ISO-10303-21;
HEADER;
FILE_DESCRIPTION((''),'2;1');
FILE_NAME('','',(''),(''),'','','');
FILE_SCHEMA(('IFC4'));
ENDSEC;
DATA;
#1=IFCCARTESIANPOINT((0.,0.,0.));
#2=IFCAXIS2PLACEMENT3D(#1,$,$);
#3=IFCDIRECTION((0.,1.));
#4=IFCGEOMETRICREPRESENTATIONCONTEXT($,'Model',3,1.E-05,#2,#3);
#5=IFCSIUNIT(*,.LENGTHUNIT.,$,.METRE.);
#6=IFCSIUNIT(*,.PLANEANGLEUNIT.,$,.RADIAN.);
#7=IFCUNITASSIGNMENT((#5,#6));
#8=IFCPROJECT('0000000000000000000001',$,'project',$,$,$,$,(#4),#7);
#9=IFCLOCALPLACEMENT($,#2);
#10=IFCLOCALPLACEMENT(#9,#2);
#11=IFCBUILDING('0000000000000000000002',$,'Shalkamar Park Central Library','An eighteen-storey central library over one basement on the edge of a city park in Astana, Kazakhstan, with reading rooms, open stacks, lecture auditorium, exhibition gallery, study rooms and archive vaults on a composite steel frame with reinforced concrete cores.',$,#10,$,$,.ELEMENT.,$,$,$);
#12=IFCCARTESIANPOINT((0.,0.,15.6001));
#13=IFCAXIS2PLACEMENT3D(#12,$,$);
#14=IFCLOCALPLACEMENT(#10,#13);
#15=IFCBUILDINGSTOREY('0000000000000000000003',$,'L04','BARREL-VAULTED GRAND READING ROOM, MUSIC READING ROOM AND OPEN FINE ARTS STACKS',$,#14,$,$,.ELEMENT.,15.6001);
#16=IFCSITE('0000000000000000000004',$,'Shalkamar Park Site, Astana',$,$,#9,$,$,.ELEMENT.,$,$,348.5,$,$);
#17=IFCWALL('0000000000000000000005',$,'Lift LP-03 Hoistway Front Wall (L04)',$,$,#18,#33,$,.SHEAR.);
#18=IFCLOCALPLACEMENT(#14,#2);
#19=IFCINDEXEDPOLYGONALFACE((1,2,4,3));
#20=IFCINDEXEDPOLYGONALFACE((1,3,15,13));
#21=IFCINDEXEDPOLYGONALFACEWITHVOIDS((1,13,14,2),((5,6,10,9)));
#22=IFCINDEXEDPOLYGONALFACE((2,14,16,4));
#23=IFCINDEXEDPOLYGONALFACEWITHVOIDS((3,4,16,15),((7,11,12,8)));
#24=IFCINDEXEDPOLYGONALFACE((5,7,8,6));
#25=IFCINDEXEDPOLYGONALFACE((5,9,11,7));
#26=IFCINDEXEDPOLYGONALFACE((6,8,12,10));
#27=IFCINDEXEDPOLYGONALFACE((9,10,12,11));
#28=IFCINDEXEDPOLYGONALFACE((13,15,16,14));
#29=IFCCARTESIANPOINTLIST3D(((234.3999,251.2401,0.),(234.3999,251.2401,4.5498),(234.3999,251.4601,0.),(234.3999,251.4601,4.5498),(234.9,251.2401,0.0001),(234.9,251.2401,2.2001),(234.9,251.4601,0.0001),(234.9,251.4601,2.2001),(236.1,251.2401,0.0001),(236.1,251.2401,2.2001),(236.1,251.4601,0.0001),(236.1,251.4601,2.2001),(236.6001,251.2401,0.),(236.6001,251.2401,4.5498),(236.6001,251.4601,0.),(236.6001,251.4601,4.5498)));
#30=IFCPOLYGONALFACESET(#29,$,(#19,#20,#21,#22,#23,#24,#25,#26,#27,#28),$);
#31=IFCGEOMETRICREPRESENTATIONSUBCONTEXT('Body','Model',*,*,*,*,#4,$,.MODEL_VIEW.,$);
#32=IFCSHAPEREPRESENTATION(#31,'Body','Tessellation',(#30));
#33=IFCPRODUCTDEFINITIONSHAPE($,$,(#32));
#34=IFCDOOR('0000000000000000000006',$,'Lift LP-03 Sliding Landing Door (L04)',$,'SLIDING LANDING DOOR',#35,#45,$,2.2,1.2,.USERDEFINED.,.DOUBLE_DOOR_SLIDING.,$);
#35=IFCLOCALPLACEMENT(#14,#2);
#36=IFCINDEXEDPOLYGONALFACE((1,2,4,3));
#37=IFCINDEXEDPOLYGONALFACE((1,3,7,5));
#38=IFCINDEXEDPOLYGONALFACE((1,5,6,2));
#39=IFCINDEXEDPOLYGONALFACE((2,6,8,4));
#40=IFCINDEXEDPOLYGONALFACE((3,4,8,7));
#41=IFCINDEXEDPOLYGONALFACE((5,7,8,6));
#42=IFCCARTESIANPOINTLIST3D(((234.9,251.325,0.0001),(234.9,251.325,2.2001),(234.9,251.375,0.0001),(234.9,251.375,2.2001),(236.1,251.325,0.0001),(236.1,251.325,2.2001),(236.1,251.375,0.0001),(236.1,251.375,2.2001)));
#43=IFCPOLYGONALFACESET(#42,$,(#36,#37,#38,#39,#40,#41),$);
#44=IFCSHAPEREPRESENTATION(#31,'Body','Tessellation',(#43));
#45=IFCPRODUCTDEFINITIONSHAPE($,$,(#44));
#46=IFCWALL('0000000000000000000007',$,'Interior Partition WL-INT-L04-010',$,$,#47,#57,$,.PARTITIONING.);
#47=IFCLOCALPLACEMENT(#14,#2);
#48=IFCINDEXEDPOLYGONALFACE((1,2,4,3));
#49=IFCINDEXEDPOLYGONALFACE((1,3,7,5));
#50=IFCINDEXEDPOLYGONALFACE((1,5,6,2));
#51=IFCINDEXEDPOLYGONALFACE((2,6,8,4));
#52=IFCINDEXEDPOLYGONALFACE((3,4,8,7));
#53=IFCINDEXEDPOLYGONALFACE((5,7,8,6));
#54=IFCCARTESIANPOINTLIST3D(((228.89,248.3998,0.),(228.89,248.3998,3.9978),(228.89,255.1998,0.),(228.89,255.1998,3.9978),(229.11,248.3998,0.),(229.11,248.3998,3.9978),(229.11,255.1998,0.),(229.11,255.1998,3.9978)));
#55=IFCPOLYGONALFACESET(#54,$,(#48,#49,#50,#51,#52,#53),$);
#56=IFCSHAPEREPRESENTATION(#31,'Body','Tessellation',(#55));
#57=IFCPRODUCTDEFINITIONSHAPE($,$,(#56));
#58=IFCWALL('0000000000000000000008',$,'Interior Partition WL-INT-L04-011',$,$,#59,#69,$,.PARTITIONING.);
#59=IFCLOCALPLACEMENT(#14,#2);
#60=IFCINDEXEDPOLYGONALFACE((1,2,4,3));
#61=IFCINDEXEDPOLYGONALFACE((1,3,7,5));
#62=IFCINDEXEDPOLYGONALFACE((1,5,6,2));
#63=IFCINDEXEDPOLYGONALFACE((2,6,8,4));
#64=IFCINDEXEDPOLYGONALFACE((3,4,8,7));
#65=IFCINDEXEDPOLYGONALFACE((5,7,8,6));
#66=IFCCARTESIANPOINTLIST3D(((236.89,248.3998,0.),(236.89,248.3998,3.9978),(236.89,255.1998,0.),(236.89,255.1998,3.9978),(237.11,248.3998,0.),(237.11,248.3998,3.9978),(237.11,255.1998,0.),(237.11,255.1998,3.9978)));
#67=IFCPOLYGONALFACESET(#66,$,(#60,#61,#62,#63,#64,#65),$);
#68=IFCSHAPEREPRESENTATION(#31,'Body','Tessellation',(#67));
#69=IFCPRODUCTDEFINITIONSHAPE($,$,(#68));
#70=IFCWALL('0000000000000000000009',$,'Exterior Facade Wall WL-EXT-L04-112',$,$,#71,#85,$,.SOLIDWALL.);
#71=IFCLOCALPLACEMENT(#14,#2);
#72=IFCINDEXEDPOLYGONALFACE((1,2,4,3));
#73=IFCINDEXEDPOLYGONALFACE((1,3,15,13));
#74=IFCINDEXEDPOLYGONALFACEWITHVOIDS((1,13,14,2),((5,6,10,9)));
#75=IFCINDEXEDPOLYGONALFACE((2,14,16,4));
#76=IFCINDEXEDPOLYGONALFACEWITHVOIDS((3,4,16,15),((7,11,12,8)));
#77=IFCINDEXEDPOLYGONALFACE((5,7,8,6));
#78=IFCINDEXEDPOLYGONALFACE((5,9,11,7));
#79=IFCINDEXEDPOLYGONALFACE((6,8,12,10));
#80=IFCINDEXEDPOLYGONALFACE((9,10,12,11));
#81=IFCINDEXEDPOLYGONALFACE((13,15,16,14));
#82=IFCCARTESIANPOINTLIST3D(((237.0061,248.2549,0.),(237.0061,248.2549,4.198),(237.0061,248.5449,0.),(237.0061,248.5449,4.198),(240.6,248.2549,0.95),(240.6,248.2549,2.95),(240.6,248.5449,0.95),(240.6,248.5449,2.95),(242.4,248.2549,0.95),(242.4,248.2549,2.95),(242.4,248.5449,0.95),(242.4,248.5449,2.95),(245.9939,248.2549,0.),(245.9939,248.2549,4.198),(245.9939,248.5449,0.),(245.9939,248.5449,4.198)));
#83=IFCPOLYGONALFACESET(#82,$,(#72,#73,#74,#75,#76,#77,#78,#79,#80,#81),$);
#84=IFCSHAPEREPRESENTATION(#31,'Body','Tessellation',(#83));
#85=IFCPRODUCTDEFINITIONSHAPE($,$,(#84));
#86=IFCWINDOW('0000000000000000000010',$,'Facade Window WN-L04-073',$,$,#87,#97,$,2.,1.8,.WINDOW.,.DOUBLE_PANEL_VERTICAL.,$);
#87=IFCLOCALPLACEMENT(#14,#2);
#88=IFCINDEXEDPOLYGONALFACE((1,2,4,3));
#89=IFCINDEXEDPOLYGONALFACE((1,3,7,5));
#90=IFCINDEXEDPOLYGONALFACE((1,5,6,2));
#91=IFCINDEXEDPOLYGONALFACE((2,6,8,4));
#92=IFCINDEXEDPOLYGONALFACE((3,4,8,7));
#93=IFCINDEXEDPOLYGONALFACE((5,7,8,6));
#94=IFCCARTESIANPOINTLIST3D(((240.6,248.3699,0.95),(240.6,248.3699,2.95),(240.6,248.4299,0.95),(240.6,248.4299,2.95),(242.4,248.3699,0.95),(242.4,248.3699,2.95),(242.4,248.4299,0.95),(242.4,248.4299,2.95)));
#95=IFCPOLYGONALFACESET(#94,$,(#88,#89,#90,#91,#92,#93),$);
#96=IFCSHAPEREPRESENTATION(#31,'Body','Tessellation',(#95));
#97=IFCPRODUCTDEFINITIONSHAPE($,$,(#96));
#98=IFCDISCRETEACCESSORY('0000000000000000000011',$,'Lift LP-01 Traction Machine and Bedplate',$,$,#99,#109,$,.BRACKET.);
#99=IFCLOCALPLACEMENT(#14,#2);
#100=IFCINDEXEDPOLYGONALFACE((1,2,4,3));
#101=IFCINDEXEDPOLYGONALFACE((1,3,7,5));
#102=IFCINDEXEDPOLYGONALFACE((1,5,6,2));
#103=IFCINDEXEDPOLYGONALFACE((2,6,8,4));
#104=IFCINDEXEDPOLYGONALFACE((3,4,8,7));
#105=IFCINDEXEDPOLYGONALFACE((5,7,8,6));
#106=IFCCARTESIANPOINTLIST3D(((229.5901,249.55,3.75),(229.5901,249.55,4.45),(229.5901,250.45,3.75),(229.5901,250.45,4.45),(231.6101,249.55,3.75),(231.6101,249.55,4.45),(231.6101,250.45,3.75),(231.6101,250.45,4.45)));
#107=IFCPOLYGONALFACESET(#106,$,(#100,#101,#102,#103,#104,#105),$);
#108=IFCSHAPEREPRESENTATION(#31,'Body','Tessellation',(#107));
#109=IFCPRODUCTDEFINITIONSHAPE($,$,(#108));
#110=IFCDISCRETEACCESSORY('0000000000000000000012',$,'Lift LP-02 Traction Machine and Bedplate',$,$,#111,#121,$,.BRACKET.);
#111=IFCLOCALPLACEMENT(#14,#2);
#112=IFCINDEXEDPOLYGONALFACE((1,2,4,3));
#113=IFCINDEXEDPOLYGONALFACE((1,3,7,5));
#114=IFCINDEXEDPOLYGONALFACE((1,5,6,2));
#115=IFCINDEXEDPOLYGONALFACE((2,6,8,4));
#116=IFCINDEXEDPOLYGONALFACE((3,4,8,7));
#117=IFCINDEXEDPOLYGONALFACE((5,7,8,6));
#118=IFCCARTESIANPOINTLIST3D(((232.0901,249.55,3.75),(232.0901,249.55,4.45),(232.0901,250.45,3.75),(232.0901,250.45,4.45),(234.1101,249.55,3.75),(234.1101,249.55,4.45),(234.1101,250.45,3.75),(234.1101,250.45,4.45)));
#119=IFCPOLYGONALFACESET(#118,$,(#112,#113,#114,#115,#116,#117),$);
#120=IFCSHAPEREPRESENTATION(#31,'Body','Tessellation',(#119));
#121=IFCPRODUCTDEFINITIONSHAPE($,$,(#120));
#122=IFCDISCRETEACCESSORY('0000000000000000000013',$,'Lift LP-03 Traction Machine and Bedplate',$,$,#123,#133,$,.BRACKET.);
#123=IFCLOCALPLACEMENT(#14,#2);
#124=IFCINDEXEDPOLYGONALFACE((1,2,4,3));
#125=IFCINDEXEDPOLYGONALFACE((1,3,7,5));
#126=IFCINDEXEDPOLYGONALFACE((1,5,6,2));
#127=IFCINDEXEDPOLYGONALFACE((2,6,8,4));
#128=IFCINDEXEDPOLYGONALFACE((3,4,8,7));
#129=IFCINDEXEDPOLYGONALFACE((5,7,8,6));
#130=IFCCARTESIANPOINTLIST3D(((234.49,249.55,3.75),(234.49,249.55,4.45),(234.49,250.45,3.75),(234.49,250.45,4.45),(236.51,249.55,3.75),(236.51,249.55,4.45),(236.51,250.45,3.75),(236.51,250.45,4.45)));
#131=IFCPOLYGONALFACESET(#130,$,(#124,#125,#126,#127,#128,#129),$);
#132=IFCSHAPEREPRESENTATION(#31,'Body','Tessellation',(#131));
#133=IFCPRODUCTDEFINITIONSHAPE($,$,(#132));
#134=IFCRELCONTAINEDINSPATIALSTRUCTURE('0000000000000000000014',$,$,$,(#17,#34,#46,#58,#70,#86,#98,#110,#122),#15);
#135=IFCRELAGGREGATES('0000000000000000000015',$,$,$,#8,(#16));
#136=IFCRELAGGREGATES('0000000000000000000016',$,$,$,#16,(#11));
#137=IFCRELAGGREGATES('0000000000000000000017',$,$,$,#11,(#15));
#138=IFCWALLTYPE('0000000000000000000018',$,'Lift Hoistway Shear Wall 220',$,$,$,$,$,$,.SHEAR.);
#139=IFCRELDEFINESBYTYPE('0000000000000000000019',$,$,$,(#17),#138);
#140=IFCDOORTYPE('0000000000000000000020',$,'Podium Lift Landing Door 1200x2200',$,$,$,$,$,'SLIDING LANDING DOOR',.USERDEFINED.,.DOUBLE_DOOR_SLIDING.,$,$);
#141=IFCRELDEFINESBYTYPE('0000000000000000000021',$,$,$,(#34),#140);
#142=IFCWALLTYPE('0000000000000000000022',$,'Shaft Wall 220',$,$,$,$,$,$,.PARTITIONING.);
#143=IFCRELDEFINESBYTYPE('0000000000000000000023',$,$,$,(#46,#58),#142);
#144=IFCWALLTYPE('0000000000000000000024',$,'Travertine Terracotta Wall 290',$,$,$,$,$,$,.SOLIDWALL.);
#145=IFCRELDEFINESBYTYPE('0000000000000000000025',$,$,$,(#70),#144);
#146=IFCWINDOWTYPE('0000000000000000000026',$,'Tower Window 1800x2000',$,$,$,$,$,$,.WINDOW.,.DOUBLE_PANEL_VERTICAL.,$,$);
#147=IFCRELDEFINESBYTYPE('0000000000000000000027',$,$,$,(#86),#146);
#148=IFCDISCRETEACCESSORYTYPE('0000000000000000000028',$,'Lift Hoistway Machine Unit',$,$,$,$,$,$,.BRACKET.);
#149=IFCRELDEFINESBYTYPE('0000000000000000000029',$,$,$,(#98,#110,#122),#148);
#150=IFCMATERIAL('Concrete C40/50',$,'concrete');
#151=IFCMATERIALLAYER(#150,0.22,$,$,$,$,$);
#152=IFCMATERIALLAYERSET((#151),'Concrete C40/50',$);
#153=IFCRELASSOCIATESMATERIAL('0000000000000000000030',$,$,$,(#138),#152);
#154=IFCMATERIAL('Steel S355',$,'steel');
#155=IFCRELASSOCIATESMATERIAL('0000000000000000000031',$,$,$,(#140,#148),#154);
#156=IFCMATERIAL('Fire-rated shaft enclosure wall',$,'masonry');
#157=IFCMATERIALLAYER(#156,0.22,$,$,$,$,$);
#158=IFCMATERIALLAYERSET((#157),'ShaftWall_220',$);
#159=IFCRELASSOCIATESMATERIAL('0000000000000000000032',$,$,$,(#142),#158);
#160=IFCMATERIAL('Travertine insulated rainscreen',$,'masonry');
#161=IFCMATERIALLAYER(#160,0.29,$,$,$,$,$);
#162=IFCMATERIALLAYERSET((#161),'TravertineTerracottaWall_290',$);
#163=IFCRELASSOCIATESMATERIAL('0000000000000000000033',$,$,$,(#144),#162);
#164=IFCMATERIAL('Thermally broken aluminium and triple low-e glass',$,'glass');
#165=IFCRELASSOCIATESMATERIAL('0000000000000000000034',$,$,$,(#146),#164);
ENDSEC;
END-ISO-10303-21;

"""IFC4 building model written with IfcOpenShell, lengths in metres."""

from ifc_helpers import new_model, si_unit, direction, frame, frame_2d, origin, origin_2d, place, context, subcontext, project, spatial, rectangle, extrude, material, layer, layer_set, type_object, element, fill, save


model = new_model("IFC4")

# Units and contexts
model_context = context("Model", 3, precision=1e-05, world=origin(), true_north=direction((0.0, 1.0)))
body_context = subcontext(model_context, "Body", "Model", "MODEL_VIEW")
ifc_project = project(units=[si_unit("LENGTHUNIT", "METRE"), si_unit("PLANEANGLEUNIT", "RADIAN")], contexts=[model_context])

# Site, building, storey
site_placement = place(None, origin())
site = spatial("IfcSite", under=ifc_project, at=site_placement, Name="Shalkamar Park Site, Astana", CompositionType="ELEMENT", RefElevation=348.5)
building_placement = place(site_placement, origin())
building = spatial("IfcBuilding", under=site, at=building_placement, Name="Shalkamar Park Central Library", Description="An eighteen-storey central library over one basement on the edge of a city park in Astana, Kazakhstan, with reading rooms, open stacks, lecture auditorium, exhibition gallery, study rooms and archive vaults on a composite steel frame with reinforced concrete cores.", CompositionType="ELEMENT")
storey_placement = place(building_placement, frame((0.0, 0.0, 15.6001)))
storey = spatial("IfcBuildingStorey", under=building, at=storey_placement, Name="L04", Description="BARREL-VAULTED GRAND READING ROOM, MUSIC READING ROOM AND OPEN FINE ARTS STACKS", CompositionType="ELEMENT", Elevation=15.6001)

# Shared definitions
ifc_material_1 = material(Name="Steel S355", Category="steel")

# Shared definitions
ifc_material_2 = material(Name="Concrete C40/50", Category="concrete")
ifc_layer_1 = layer(ifc_material_2, 0.22)
ifc_layer_set_1 = layer_set([ifc_layer_1], Name="Concrete C40/50")
wall_type_1 = type_object("IfcWallType", Name="Lift Hoistway Shear Wall 220", PredefinedType="SHEAR", material=ifc_layer_set_1)

# Shared definitions
door_type = type_object("IfcDoorType", Name="Podium Lift Landing Door 1200x2200", ElementType="SLIDING LANDING DOOR", OperationType="DOUBLE_DOOR_SLIDING", PredefinedType="USERDEFINED", material=ifc_material_1)

# Wall, opening, door
wall_1_placement = place(storey_placement, frame((234.3999, 251.3501, 0.0), z_axis=(0.0, 0.0, 1.0), x_axis=(1.0, 0.0, 0.0)))
wall_1 = element("IfcWall", 1, at=wall_1_placement, inside=storey, type_object=wall_type_1, Name="Lift LP-03 Hoistway Front Wall (L04)", PredefinedType="SHEAR", context=body_context, shape_type="SweptSolid", body=[
    extrude(rectangle(XDim=2.2002, YDim=0.22, at=frame_2d((1.1001, 0.0))), origin(), (0.0, 0.0, 1.0), 4.5498),
])
opening_1_placement = place(wall_1_placement, frame((0.5, 0.0, 0.0)))
opening_1 = element("IfcOpeningElement", 2, at=opening_1_placement, cuts=wall_1, PredefinedType="OPENING", context=body_context, shape_type="SweptSolid", body=[
    extrude(rectangle(XDim=1.2, YDim=2.2, at=frame_2d((0.6001, 1.1001))), frame((0.0, 0.125, 0.0), z_axis=(0.0, -1.0, 0.0), x_axis=(1.0, 0.0, 0.0)), (0.0, 0.0, 1.0), 0.2498),
])
door_1_placement = place(opening_1_placement, origin())
door_1 = element("IfcDoor", 3, at=door_1_placement, inside=storey, type_object=door_type, Name="Lift LP-03 Sliding Landing Door (L04)", ObjectType="SLIDING LANDING DOOR", OperationType="DOUBLE_DOOR_SLIDING", OverallHeight=2.2, OverallWidth=1.2, PredefinedType="USERDEFINED", context=body_context, shape_type="SweptSolid", body=[
    extrude(rectangle(XDim=1.2, YDim=2.2, at=frame_2d((0.6001, 1.1001))), frame((0.0, 0.0249, 0.0), z_axis=(0.0, -1.0, 0.0), x_axis=(1.0, 0.0, 0.0)), (0.0, 0.0, 1.0), 0.05),
])
fill(opening_1, door_1)

# Walls
ifc_material_3 = material(Name="Fire-rated shaft enclosure wall", Category="masonry")
ifc_layer_2 = layer(ifc_material_3, 0.22)
ifc_layer_set_2 = layer_set([ifc_layer_2], Name="ShaftWall_220")
wall_type_2 = type_object("IfcWallType", Name="Shaft Wall 220", PredefinedType="PARTITIONING", material=ifc_layer_set_2)
for number, where, z_axis, x_axis, name in (
    (4, (229.0, 248.3999, 0.0), (0.0, 0.0, 1.0), (0.0, 1.0, 0.0), "Interior Partition WL-INT-L04-010"),
    (5, (237.0, 248.3999, 0.0), (0.0, 0.0, 1.0), (0.0, 1.0, 0.0), "Interior Partition WL-INT-L04-011"),
):
    element("IfcWall", number, at=place(storey_placement, frame(where, z_axis=z_axis, x_axis=x_axis)), inside=storey, type_object=wall_type_2, Name=name, PredefinedType="PARTITIONING", context=body_context, shape_type="SweptSolid", body=[
        extrude(rectangle(XDim=6.8, YDim=0.22, at=frame_2d((3.3999, 0.0))), origin(), (0.0, 0.0, 1.0), 3.9978),
    ])

# Wall, opening, window
ifc_material_4 = material(Name="Travertine insulated rainscreen", Category="masonry")
ifc_layer_3 = layer(ifc_material_4, 0.29)
ifc_layer_set_3 = layer_set([ifc_layer_3], Name="TravertineTerracottaWall_290")
wall_type_3 = type_object("IfcWallType", Name="Travertine Terracotta Wall 290", PredefinedType="SOLIDWALL", material=ifc_layer_set_3)
wall_2_placement = place(storey_placement, frame((237.0061, 248.3999, 0.0), z_axis=(0.0, 0.0, 1.0), x_axis=(1.0, 0.0, 0.0)))
wall_2 = element("IfcWall", 6, at=wall_2_placement, inside=storey, type_object=wall_type_3, Name="Exterior Facade Wall WL-EXT-L04-112", PredefinedType="SOLIDWALL", context=body_context, shape_type="SweptSolid", body=[
    extrude(rectangle(XDim=8.9878, YDim=0.29, at=frame_2d((4.4939, 0.0))), origin(), (0.0, 0.0, 1.0), 4.198),
])
opening_2_placement = place(wall_2_placement, frame((3.594, 0.0, 0.95)))
opening_2 = element("IfcOpeningElement", 7, at=opening_2_placement, cuts=wall_2, PredefinedType="OPENING", context=body_context, shape_type="SweptSolid", body=[
    extrude(rectangle(XDim=1.8, YDim=2.0, at=frame_2d((0.8999, 1.0))), frame((0.0, 0.1599, 0.0), z_axis=(0.0, -1.0, 0.0), x_axis=(1.0, 0.0, 0.0)), (0.0, 0.0, 1.0), 0.3198),
])
ifc_material_5 = material(Name="Thermally broken aluminium and triple low-e glass", Category="glass")
window_type = type_object("IfcWindowType", Name="Tower Window 1800x2000", PartitioningType="DOUBLE_PANEL_VERTICAL", PredefinedType="WINDOW", material=ifc_material_5)
window_placement = place(opening_2_placement, origin())
window = element("IfcWindow", 8, at=window_placement, inside=storey, type_object=window_type, Name="Facade Window WN-L04-073", OverallHeight=2.0, OverallWidth=1.8, PartitioningType="DOUBLE_PANEL_VERTICAL", PredefinedType="WINDOW", context=body_context, shape_type="SweptSolid", body=[
    extrude(rectangle(XDim=1.8, YDim=2.0, at=frame_2d((0.8999, 1.0))), frame((0.0, 0.03, 0.0), z_axis=(0.0, -1.0, 0.0), x_axis=(1.0, 0.0, 0.0)), (0.0, 0.0, 1.0), 0.0601),
])
fill(opening_2, window)

# Discrete accessories
discrete_accessory_type = type_object("IfcDiscreteAccessoryType", Name="Lift Hoistway Machine Unit", PredefinedType="BRACKET", material=ifc_material_1)
for number, where, z_axis, x_axis, name in (
    (9, (230.6001, 250.0, 3.75), (0.0, 0.0, 1.0), (1.0, 0.0, 0.0), "Lift LP-01 Traction Machine and Bedplate"),
    (10, (233.1001, 250.0, 3.75), (0.0, 0.0, 1.0), (1.0, 0.0, 0.0), "Lift LP-02 Traction Machine and Bedplate"),
    (11, (235.5, 250.0, 3.75), (0.0, 0.0, 1.0), (1.0, 0.0, 0.0), "Lift LP-03 Traction Machine and Bedplate"),
):
    element("IfcDiscreteAccessory", number, at=place(storey_placement, frame(where, z_axis=z_axis, x_axis=x_axis)), inside=storey, type_object=discrete_accessory_type, Name=name, PredefinedType="BRACKET", context=body_context, shape_type="SweptSolid", body=[
        extrude(rectangle(XDim=2.02, YDim=0.8999, at=origin_2d()), origin(), (0.0, 0.0, 1.0), 0.7),
    ])

save(model, "model.ifc")
